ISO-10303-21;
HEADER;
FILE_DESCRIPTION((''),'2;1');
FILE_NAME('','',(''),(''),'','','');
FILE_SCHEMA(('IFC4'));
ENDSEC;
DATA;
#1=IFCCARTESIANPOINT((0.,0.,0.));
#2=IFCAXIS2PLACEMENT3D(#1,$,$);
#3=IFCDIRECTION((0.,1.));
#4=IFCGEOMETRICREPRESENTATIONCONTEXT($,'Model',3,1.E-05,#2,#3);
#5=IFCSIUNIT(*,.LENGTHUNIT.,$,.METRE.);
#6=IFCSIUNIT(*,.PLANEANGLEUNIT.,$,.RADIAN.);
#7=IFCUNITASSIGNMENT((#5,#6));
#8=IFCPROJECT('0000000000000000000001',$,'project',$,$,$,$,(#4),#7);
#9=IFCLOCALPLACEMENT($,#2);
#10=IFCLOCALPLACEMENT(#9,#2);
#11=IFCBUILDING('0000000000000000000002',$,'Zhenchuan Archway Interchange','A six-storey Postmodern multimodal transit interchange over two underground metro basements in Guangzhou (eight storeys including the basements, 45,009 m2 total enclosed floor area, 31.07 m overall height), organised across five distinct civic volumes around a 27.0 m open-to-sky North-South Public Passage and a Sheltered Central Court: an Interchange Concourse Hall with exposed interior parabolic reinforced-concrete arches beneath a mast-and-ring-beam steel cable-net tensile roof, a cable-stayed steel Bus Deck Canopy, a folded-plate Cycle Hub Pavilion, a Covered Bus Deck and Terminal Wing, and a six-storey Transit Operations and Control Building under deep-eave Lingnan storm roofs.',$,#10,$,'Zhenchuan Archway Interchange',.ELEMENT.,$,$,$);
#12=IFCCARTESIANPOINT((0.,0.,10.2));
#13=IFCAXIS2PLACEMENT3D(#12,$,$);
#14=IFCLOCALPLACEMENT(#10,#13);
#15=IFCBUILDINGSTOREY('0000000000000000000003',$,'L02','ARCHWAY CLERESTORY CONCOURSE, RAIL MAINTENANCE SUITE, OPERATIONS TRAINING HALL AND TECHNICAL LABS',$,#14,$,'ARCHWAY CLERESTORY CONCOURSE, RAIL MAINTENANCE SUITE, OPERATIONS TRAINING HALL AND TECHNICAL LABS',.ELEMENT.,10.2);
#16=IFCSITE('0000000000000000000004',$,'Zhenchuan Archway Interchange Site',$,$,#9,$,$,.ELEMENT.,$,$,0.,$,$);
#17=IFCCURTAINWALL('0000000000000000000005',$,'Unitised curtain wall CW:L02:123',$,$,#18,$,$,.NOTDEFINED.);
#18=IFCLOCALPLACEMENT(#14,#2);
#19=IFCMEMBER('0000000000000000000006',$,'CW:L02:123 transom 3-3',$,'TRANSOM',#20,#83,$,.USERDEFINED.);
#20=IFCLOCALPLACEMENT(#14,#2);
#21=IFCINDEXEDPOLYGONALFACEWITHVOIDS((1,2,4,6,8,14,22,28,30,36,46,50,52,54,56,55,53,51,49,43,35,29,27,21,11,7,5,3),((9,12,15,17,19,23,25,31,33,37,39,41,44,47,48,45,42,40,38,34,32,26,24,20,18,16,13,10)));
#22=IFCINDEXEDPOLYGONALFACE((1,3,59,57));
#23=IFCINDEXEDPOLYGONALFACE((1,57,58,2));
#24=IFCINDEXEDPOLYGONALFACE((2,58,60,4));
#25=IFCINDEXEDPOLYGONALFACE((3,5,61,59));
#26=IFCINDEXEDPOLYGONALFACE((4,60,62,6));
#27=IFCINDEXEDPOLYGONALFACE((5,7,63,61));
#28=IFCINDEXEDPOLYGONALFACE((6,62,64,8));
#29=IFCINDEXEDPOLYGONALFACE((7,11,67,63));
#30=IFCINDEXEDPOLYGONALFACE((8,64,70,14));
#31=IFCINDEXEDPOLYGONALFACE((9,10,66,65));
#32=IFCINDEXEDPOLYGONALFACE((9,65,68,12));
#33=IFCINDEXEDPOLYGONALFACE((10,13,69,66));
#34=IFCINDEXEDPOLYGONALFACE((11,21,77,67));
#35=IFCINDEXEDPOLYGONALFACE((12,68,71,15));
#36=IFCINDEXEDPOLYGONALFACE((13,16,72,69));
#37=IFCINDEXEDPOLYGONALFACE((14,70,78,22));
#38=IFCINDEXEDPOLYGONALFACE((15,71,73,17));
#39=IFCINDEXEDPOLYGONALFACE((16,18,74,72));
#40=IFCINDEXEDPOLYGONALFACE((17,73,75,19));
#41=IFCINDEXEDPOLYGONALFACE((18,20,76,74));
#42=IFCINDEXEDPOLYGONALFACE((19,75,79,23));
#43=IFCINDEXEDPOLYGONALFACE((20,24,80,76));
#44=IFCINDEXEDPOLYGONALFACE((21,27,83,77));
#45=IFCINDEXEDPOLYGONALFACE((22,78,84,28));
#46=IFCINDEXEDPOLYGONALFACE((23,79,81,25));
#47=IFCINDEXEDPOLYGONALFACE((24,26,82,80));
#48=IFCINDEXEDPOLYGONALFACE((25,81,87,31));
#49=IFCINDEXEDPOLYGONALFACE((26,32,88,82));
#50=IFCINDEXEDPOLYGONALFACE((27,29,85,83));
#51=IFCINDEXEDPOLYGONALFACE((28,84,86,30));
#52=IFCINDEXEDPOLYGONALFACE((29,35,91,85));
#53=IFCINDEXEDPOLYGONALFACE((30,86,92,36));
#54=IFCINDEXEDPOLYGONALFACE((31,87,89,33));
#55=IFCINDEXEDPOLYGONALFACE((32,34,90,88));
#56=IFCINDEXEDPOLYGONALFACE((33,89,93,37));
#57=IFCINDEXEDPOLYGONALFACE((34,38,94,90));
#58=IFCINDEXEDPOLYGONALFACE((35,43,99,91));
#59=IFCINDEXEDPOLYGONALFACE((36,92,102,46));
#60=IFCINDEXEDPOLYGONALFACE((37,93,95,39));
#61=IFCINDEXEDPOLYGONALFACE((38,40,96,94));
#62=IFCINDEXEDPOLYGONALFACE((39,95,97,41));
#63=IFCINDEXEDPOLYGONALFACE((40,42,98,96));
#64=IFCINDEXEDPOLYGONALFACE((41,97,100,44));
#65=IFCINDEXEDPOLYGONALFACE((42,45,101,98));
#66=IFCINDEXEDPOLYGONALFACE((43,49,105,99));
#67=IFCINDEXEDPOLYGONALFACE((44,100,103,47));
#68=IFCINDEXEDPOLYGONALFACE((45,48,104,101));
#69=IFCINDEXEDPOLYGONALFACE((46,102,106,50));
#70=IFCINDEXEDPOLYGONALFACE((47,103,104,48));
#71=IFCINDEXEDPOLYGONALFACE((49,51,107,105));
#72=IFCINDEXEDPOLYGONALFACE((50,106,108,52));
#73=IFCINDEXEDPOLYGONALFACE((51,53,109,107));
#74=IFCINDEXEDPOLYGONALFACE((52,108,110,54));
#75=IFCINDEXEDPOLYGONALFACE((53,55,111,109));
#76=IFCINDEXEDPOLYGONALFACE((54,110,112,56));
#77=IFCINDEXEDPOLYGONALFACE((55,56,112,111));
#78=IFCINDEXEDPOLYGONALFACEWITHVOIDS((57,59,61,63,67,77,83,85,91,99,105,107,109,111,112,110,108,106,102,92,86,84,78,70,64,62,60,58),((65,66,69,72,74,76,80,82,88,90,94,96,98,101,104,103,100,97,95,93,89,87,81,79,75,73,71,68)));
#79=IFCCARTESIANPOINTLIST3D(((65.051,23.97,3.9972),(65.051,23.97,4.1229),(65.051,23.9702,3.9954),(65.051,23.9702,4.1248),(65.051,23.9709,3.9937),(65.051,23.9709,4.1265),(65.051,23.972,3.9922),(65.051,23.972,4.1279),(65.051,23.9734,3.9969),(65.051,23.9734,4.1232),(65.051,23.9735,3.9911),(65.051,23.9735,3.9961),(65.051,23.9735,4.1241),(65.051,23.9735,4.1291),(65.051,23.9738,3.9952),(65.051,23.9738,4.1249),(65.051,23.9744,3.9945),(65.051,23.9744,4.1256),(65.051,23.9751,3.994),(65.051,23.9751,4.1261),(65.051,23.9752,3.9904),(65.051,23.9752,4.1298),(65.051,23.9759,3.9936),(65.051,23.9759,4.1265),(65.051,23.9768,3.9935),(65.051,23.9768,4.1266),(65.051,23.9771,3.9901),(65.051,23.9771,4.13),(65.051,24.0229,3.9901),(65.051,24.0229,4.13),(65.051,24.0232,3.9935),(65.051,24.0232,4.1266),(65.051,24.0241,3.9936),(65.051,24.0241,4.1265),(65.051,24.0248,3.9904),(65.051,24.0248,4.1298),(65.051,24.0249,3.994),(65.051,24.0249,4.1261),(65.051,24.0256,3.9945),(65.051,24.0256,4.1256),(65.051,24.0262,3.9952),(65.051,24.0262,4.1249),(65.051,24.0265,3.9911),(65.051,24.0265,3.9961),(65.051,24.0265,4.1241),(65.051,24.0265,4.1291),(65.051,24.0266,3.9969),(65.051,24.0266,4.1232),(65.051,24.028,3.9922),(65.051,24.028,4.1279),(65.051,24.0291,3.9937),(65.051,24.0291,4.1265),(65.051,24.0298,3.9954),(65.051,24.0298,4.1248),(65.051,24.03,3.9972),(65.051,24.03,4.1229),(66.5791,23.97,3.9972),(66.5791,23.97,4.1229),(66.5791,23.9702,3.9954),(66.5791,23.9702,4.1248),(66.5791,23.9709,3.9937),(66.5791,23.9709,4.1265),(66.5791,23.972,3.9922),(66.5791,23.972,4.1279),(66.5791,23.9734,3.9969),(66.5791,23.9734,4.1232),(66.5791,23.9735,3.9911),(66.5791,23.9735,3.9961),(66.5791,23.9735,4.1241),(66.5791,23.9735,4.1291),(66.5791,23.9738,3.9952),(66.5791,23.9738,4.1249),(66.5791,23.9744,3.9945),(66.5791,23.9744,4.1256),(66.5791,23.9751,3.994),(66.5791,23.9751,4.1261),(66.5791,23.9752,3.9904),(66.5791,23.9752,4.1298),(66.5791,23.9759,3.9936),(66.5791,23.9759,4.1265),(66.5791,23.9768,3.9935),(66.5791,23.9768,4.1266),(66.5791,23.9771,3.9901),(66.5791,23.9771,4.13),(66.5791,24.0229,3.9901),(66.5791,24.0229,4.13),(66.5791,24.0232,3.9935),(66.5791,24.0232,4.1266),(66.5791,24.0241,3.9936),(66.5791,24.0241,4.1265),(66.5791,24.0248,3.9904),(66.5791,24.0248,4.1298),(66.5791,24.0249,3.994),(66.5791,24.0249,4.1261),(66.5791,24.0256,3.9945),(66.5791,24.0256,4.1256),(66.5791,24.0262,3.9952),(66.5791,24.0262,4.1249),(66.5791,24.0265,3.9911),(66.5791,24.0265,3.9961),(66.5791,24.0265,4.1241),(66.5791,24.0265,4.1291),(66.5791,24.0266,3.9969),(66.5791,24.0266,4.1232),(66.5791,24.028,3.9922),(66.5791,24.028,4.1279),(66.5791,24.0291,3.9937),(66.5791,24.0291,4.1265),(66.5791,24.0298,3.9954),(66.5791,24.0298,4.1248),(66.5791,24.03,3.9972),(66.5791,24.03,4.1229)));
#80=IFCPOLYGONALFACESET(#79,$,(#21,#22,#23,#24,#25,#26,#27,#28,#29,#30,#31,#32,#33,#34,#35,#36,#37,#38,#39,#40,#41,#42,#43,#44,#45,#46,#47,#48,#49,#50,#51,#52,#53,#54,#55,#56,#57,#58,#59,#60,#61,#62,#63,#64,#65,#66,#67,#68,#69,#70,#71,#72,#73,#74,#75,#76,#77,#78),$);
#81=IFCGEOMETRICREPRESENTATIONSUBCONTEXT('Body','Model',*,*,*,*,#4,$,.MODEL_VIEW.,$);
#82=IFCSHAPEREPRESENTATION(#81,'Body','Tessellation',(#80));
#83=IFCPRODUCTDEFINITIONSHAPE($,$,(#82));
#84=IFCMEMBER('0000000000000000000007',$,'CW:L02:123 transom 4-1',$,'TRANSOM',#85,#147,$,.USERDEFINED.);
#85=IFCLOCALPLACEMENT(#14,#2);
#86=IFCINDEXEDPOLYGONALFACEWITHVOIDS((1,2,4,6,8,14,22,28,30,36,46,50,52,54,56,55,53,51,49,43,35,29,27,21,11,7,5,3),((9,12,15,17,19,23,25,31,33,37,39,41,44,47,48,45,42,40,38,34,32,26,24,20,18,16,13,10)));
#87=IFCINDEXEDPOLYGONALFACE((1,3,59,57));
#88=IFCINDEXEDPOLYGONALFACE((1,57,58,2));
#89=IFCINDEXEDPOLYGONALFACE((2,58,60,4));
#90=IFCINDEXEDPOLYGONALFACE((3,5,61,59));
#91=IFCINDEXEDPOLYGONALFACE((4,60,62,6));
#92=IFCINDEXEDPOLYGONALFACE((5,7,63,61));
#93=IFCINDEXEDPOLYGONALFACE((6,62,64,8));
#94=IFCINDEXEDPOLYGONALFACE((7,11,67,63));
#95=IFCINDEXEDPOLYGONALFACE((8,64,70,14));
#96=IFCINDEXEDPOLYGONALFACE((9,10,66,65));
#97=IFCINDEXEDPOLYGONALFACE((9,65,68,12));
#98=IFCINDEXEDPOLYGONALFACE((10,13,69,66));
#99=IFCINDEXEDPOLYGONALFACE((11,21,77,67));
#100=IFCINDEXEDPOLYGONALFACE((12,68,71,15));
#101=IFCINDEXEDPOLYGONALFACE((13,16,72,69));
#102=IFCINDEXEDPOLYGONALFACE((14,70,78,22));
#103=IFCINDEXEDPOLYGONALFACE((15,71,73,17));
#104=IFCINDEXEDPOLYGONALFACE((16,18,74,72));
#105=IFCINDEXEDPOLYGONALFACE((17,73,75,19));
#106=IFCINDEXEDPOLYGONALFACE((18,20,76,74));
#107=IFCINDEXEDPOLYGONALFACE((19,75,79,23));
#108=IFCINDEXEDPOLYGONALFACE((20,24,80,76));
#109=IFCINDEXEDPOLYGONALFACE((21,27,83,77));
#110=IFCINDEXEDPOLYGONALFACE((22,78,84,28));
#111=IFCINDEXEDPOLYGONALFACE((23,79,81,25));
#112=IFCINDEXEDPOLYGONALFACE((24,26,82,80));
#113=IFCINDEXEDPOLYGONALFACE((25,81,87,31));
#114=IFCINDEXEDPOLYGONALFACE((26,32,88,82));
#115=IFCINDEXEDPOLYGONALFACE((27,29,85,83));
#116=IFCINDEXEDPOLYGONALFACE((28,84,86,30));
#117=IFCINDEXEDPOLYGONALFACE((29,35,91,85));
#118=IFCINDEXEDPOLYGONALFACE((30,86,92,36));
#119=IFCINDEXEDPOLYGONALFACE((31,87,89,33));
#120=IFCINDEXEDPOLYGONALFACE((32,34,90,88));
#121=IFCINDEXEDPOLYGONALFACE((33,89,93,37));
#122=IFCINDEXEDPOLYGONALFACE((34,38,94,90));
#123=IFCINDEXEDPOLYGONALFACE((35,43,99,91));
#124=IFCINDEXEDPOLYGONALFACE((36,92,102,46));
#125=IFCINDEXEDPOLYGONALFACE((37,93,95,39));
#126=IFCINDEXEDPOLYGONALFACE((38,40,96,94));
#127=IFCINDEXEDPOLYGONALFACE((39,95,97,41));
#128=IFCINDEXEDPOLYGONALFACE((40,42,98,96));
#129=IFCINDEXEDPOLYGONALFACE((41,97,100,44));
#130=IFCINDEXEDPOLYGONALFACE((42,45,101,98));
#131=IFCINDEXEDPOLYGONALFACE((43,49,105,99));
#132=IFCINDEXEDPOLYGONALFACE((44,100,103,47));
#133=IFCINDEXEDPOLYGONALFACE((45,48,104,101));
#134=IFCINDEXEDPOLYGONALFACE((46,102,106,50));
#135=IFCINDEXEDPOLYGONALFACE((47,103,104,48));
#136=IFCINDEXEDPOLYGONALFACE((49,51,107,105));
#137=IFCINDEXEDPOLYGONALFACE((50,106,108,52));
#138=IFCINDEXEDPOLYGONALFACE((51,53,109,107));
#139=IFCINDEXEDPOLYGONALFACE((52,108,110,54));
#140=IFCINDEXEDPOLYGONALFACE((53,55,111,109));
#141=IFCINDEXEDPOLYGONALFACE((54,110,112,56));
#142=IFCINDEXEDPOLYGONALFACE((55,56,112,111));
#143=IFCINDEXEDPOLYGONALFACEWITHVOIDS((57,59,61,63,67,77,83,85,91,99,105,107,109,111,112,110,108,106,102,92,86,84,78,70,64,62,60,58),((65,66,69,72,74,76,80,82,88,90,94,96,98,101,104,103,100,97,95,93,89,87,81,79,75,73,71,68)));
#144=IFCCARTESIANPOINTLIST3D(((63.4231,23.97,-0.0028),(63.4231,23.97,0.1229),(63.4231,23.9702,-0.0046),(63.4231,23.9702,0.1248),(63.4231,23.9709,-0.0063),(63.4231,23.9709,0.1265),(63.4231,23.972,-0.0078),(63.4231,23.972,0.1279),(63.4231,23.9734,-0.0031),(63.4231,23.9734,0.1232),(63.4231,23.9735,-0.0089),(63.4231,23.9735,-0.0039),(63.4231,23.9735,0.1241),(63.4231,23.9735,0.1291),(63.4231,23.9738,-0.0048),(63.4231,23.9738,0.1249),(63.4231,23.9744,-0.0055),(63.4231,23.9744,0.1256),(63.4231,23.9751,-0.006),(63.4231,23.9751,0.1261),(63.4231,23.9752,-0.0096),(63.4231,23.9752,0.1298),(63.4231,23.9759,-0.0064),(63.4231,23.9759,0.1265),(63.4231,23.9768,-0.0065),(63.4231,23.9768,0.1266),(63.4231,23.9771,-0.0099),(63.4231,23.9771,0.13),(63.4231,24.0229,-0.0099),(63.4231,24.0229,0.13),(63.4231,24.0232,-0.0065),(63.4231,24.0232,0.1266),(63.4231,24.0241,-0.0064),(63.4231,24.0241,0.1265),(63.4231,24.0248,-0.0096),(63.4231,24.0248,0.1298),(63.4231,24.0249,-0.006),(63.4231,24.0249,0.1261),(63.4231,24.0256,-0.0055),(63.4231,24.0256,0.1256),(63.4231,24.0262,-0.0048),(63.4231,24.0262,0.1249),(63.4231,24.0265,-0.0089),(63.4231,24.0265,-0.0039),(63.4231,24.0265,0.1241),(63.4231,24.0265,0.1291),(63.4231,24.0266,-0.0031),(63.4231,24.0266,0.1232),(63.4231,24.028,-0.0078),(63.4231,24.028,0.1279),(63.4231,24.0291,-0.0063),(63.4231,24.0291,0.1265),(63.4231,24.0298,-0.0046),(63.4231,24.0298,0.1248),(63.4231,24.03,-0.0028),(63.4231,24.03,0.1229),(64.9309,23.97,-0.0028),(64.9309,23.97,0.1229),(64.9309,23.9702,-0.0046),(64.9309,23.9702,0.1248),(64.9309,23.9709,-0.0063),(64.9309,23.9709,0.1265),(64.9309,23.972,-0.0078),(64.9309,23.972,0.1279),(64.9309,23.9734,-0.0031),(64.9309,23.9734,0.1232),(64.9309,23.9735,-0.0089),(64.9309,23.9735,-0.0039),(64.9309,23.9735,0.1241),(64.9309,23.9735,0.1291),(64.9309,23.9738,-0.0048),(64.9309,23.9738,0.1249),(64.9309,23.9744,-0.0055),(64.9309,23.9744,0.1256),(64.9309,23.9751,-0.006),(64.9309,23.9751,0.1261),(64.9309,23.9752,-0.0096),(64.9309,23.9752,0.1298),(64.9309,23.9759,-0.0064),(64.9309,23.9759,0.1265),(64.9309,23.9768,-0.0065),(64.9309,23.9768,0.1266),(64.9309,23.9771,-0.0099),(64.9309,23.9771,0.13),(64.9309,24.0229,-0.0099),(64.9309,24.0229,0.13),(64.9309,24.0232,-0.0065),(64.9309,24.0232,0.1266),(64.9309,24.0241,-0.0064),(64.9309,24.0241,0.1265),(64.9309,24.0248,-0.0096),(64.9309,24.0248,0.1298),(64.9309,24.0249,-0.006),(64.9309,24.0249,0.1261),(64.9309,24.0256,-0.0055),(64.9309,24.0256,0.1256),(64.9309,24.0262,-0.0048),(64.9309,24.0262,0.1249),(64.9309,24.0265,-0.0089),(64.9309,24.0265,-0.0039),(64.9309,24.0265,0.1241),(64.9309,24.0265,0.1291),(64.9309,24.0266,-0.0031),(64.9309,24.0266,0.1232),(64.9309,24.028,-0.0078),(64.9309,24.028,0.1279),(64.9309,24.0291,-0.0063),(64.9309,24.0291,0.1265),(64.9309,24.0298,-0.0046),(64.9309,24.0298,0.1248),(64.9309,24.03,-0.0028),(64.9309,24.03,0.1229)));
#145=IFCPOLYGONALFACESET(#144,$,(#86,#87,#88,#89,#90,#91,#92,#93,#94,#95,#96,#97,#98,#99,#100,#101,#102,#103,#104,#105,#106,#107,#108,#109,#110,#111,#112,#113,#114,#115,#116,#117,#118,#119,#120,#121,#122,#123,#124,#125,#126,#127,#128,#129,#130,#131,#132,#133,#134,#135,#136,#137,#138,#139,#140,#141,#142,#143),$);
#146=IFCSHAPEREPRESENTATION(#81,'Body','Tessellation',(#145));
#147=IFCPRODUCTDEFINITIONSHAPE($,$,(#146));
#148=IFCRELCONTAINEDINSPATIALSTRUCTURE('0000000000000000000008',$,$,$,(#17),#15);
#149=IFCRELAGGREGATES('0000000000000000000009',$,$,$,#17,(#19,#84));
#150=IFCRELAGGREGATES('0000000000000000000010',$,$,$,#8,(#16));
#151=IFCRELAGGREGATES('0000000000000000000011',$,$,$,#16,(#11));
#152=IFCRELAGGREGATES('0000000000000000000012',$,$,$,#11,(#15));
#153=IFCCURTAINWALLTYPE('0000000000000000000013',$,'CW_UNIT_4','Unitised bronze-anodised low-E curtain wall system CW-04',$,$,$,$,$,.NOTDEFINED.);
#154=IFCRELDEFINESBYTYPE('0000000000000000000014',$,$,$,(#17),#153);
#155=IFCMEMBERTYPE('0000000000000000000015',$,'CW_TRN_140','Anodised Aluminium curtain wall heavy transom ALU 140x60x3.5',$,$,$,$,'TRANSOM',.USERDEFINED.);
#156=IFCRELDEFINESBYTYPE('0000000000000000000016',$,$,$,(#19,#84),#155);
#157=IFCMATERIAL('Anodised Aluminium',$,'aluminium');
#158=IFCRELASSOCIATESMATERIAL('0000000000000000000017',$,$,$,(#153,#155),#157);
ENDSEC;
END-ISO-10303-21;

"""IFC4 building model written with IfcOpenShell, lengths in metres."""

from ifc_helpers import new_model, si_unit, direction, frame, origin, origin_2d, place, context, subcontext, project, spatial, hollow_rectangle, extrude, material, material_profile, profile_set, type_object, element, aggregate, save


model = new_model("IFC4")

# Units and contexts
model_context = context("Model", 3, precision=1e-05, world=origin(), true_north=direction((0.0, 1.0)))
body_context = subcontext(model_context, "Body", "Model", "MODEL_VIEW")
ifc_project = project(units=[si_unit("LENGTHUNIT", "METRE"), si_unit("PLANEANGLEUNIT", "RADIAN")], contexts=[model_context])

# Site, building, storey
site_placement = place(None, origin())
site = spatial("IfcSite", under=ifc_project, at=site_placement, Name="Zhenchuan Archway Interchange Site", CompositionType="ELEMENT", RefElevation=0.0)
building_placement = place(site_placement, origin())
building = spatial("IfcBuilding", under=site, at=building_placement, Name="Zhenchuan Archway Interchange", Description="A six-storey Postmodern multimodal transit interchange over two underground metro basements in Guangzhou (eight storeys including the basements, 45,009 m2 total enclosed floor area, 31.07 m overall height), organised across five distinct civic volumes around a 27.0 m open-to-sky North-South Public Passage and a Sheltered Central Court: an Interchange Concourse Hall with exposed interior parabolic reinforced-concrete arches beneath a mast-and-ring-beam steel cable-net tensile roof, a cable-stayed steel Bus Deck Canopy, a folded-plate Cycle Hub Pavilion, a Covered Bus Deck and Terminal Wing, and a six-storey Transit Operations and Control Building under deep-eave Lingnan storm roofs.", LongName="Zhenchuan Archway Interchange", CompositionType="ELEMENT")
storey_placement = place(building_placement, frame((0.0, 0.0, 10.2)))
storey = spatial("IfcBuildingStorey", under=building, at=storey_placement, Name="L02", Description="ARCHWAY CLERESTORY CONCOURSE, RAIL MAINTENANCE SUITE, OPERATIONS TRAINING HALL AND TECHNICAL LABS", LongName="ARCHWAY CLERESTORY CONCOURSE, RAIL MAINTENANCE SUITE, OPERATIONS TRAINING HALL AND TECHNICAL LABS", CompositionType="ELEMENT", Elevation=10.2)

# Curtain wall, members
ifc_material_1 = material(Name="Anodised Aluminium", Category="aluminium")
curtain_wall_type = type_object("IfcCurtainWallType", Name="CW_UNIT_4", Description="Unitised bronze-anodised low-E curtain wall system CW-04", PredefinedType="NOTDEFINED", material=ifc_material_1)
curtain_wall_placement = place(storey_placement, origin())
curtain_wall = element("IfcCurtainWall", 1, at=curtain_wall_placement, inside=storey, type_object=curtain_wall_type, Name="Unitised curtain wall CW:L02:123", PredefinedType="NOTDEFINED")
ifc_material_profile_1 = material_profile(ifc_material_1, hollow_rectangle(XDim=0.0601, YDim=0.1399, WallThickness=0.0034, InnerFilletRadius=0.0034, OuterFilletRadius=0.0071, at=origin_2d()), Name="ALU 140x60x3.5")
ifc_profile_set_1 = profile_set([ifc_material_profile_1], Name="Anodised Aluminium")
member_type_1 = type_object("IfcMemberType", Name="CW_TRN_140", Description="Anodised Aluminium curtain wall heavy transom ALU 140x60x3.5", ElementType="TRANSOM", PredefinedType="USERDEFINED", material=ifc_profile_set_1)
member_1_placement = place(storey_placement, frame((66.5791, 24.0, 4.0601), z_axis=(-1.0, 0.0, 0.0), x_axis=(0.0, -1.0, 0.0)))
member_1 = element("IfcMember", 2, at=member_1_placement, type_object=member_type_1, Name="CW:L02:123 transom 3-3", ObjectType="TRANSOM", PredefinedType="USERDEFINED", context=body_context, shape_type="SweptSolid", body=[
    extrude(hollow_rectangle(XDim=0.0601, YDim=0.1399, WallThickness=0.0034, InnerFilletRadius=0.0034, OuterFilletRadius=0.0071, at=origin_2d()), origin(), (0.0, 0.0, 1.0), 1.5281),
])
member_2_placement = place(storey_placement, frame((64.9309, 24.0, 0.0601), z_axis=(-1.0, 0.0, 0.0), x_axis=(0.0, -1.0, 0.0)))
member_2 = element("IfcMember", 3, at=member_2_placement, type_object=member_type_1, Name="CW:L02:123 transom 4-1", ObjectType="TRANSOM", PredefinedType="USERDEFINED", context=body_context, shape_type="SweptSolid", body=[
    extrude(hollow_rectangle(XDim=0.0601, YDim=0.1399, WallThickness=0.0034, InnerFilletRadius=0.0034, OuterFilletRadius=0.0071, at=origin_2d()), origin(), (0.0, 0.0, 1.0), 1.5078),
])

aggregate(curtain_wall, [member_1, member_2])

save(model, "model.ifc")
